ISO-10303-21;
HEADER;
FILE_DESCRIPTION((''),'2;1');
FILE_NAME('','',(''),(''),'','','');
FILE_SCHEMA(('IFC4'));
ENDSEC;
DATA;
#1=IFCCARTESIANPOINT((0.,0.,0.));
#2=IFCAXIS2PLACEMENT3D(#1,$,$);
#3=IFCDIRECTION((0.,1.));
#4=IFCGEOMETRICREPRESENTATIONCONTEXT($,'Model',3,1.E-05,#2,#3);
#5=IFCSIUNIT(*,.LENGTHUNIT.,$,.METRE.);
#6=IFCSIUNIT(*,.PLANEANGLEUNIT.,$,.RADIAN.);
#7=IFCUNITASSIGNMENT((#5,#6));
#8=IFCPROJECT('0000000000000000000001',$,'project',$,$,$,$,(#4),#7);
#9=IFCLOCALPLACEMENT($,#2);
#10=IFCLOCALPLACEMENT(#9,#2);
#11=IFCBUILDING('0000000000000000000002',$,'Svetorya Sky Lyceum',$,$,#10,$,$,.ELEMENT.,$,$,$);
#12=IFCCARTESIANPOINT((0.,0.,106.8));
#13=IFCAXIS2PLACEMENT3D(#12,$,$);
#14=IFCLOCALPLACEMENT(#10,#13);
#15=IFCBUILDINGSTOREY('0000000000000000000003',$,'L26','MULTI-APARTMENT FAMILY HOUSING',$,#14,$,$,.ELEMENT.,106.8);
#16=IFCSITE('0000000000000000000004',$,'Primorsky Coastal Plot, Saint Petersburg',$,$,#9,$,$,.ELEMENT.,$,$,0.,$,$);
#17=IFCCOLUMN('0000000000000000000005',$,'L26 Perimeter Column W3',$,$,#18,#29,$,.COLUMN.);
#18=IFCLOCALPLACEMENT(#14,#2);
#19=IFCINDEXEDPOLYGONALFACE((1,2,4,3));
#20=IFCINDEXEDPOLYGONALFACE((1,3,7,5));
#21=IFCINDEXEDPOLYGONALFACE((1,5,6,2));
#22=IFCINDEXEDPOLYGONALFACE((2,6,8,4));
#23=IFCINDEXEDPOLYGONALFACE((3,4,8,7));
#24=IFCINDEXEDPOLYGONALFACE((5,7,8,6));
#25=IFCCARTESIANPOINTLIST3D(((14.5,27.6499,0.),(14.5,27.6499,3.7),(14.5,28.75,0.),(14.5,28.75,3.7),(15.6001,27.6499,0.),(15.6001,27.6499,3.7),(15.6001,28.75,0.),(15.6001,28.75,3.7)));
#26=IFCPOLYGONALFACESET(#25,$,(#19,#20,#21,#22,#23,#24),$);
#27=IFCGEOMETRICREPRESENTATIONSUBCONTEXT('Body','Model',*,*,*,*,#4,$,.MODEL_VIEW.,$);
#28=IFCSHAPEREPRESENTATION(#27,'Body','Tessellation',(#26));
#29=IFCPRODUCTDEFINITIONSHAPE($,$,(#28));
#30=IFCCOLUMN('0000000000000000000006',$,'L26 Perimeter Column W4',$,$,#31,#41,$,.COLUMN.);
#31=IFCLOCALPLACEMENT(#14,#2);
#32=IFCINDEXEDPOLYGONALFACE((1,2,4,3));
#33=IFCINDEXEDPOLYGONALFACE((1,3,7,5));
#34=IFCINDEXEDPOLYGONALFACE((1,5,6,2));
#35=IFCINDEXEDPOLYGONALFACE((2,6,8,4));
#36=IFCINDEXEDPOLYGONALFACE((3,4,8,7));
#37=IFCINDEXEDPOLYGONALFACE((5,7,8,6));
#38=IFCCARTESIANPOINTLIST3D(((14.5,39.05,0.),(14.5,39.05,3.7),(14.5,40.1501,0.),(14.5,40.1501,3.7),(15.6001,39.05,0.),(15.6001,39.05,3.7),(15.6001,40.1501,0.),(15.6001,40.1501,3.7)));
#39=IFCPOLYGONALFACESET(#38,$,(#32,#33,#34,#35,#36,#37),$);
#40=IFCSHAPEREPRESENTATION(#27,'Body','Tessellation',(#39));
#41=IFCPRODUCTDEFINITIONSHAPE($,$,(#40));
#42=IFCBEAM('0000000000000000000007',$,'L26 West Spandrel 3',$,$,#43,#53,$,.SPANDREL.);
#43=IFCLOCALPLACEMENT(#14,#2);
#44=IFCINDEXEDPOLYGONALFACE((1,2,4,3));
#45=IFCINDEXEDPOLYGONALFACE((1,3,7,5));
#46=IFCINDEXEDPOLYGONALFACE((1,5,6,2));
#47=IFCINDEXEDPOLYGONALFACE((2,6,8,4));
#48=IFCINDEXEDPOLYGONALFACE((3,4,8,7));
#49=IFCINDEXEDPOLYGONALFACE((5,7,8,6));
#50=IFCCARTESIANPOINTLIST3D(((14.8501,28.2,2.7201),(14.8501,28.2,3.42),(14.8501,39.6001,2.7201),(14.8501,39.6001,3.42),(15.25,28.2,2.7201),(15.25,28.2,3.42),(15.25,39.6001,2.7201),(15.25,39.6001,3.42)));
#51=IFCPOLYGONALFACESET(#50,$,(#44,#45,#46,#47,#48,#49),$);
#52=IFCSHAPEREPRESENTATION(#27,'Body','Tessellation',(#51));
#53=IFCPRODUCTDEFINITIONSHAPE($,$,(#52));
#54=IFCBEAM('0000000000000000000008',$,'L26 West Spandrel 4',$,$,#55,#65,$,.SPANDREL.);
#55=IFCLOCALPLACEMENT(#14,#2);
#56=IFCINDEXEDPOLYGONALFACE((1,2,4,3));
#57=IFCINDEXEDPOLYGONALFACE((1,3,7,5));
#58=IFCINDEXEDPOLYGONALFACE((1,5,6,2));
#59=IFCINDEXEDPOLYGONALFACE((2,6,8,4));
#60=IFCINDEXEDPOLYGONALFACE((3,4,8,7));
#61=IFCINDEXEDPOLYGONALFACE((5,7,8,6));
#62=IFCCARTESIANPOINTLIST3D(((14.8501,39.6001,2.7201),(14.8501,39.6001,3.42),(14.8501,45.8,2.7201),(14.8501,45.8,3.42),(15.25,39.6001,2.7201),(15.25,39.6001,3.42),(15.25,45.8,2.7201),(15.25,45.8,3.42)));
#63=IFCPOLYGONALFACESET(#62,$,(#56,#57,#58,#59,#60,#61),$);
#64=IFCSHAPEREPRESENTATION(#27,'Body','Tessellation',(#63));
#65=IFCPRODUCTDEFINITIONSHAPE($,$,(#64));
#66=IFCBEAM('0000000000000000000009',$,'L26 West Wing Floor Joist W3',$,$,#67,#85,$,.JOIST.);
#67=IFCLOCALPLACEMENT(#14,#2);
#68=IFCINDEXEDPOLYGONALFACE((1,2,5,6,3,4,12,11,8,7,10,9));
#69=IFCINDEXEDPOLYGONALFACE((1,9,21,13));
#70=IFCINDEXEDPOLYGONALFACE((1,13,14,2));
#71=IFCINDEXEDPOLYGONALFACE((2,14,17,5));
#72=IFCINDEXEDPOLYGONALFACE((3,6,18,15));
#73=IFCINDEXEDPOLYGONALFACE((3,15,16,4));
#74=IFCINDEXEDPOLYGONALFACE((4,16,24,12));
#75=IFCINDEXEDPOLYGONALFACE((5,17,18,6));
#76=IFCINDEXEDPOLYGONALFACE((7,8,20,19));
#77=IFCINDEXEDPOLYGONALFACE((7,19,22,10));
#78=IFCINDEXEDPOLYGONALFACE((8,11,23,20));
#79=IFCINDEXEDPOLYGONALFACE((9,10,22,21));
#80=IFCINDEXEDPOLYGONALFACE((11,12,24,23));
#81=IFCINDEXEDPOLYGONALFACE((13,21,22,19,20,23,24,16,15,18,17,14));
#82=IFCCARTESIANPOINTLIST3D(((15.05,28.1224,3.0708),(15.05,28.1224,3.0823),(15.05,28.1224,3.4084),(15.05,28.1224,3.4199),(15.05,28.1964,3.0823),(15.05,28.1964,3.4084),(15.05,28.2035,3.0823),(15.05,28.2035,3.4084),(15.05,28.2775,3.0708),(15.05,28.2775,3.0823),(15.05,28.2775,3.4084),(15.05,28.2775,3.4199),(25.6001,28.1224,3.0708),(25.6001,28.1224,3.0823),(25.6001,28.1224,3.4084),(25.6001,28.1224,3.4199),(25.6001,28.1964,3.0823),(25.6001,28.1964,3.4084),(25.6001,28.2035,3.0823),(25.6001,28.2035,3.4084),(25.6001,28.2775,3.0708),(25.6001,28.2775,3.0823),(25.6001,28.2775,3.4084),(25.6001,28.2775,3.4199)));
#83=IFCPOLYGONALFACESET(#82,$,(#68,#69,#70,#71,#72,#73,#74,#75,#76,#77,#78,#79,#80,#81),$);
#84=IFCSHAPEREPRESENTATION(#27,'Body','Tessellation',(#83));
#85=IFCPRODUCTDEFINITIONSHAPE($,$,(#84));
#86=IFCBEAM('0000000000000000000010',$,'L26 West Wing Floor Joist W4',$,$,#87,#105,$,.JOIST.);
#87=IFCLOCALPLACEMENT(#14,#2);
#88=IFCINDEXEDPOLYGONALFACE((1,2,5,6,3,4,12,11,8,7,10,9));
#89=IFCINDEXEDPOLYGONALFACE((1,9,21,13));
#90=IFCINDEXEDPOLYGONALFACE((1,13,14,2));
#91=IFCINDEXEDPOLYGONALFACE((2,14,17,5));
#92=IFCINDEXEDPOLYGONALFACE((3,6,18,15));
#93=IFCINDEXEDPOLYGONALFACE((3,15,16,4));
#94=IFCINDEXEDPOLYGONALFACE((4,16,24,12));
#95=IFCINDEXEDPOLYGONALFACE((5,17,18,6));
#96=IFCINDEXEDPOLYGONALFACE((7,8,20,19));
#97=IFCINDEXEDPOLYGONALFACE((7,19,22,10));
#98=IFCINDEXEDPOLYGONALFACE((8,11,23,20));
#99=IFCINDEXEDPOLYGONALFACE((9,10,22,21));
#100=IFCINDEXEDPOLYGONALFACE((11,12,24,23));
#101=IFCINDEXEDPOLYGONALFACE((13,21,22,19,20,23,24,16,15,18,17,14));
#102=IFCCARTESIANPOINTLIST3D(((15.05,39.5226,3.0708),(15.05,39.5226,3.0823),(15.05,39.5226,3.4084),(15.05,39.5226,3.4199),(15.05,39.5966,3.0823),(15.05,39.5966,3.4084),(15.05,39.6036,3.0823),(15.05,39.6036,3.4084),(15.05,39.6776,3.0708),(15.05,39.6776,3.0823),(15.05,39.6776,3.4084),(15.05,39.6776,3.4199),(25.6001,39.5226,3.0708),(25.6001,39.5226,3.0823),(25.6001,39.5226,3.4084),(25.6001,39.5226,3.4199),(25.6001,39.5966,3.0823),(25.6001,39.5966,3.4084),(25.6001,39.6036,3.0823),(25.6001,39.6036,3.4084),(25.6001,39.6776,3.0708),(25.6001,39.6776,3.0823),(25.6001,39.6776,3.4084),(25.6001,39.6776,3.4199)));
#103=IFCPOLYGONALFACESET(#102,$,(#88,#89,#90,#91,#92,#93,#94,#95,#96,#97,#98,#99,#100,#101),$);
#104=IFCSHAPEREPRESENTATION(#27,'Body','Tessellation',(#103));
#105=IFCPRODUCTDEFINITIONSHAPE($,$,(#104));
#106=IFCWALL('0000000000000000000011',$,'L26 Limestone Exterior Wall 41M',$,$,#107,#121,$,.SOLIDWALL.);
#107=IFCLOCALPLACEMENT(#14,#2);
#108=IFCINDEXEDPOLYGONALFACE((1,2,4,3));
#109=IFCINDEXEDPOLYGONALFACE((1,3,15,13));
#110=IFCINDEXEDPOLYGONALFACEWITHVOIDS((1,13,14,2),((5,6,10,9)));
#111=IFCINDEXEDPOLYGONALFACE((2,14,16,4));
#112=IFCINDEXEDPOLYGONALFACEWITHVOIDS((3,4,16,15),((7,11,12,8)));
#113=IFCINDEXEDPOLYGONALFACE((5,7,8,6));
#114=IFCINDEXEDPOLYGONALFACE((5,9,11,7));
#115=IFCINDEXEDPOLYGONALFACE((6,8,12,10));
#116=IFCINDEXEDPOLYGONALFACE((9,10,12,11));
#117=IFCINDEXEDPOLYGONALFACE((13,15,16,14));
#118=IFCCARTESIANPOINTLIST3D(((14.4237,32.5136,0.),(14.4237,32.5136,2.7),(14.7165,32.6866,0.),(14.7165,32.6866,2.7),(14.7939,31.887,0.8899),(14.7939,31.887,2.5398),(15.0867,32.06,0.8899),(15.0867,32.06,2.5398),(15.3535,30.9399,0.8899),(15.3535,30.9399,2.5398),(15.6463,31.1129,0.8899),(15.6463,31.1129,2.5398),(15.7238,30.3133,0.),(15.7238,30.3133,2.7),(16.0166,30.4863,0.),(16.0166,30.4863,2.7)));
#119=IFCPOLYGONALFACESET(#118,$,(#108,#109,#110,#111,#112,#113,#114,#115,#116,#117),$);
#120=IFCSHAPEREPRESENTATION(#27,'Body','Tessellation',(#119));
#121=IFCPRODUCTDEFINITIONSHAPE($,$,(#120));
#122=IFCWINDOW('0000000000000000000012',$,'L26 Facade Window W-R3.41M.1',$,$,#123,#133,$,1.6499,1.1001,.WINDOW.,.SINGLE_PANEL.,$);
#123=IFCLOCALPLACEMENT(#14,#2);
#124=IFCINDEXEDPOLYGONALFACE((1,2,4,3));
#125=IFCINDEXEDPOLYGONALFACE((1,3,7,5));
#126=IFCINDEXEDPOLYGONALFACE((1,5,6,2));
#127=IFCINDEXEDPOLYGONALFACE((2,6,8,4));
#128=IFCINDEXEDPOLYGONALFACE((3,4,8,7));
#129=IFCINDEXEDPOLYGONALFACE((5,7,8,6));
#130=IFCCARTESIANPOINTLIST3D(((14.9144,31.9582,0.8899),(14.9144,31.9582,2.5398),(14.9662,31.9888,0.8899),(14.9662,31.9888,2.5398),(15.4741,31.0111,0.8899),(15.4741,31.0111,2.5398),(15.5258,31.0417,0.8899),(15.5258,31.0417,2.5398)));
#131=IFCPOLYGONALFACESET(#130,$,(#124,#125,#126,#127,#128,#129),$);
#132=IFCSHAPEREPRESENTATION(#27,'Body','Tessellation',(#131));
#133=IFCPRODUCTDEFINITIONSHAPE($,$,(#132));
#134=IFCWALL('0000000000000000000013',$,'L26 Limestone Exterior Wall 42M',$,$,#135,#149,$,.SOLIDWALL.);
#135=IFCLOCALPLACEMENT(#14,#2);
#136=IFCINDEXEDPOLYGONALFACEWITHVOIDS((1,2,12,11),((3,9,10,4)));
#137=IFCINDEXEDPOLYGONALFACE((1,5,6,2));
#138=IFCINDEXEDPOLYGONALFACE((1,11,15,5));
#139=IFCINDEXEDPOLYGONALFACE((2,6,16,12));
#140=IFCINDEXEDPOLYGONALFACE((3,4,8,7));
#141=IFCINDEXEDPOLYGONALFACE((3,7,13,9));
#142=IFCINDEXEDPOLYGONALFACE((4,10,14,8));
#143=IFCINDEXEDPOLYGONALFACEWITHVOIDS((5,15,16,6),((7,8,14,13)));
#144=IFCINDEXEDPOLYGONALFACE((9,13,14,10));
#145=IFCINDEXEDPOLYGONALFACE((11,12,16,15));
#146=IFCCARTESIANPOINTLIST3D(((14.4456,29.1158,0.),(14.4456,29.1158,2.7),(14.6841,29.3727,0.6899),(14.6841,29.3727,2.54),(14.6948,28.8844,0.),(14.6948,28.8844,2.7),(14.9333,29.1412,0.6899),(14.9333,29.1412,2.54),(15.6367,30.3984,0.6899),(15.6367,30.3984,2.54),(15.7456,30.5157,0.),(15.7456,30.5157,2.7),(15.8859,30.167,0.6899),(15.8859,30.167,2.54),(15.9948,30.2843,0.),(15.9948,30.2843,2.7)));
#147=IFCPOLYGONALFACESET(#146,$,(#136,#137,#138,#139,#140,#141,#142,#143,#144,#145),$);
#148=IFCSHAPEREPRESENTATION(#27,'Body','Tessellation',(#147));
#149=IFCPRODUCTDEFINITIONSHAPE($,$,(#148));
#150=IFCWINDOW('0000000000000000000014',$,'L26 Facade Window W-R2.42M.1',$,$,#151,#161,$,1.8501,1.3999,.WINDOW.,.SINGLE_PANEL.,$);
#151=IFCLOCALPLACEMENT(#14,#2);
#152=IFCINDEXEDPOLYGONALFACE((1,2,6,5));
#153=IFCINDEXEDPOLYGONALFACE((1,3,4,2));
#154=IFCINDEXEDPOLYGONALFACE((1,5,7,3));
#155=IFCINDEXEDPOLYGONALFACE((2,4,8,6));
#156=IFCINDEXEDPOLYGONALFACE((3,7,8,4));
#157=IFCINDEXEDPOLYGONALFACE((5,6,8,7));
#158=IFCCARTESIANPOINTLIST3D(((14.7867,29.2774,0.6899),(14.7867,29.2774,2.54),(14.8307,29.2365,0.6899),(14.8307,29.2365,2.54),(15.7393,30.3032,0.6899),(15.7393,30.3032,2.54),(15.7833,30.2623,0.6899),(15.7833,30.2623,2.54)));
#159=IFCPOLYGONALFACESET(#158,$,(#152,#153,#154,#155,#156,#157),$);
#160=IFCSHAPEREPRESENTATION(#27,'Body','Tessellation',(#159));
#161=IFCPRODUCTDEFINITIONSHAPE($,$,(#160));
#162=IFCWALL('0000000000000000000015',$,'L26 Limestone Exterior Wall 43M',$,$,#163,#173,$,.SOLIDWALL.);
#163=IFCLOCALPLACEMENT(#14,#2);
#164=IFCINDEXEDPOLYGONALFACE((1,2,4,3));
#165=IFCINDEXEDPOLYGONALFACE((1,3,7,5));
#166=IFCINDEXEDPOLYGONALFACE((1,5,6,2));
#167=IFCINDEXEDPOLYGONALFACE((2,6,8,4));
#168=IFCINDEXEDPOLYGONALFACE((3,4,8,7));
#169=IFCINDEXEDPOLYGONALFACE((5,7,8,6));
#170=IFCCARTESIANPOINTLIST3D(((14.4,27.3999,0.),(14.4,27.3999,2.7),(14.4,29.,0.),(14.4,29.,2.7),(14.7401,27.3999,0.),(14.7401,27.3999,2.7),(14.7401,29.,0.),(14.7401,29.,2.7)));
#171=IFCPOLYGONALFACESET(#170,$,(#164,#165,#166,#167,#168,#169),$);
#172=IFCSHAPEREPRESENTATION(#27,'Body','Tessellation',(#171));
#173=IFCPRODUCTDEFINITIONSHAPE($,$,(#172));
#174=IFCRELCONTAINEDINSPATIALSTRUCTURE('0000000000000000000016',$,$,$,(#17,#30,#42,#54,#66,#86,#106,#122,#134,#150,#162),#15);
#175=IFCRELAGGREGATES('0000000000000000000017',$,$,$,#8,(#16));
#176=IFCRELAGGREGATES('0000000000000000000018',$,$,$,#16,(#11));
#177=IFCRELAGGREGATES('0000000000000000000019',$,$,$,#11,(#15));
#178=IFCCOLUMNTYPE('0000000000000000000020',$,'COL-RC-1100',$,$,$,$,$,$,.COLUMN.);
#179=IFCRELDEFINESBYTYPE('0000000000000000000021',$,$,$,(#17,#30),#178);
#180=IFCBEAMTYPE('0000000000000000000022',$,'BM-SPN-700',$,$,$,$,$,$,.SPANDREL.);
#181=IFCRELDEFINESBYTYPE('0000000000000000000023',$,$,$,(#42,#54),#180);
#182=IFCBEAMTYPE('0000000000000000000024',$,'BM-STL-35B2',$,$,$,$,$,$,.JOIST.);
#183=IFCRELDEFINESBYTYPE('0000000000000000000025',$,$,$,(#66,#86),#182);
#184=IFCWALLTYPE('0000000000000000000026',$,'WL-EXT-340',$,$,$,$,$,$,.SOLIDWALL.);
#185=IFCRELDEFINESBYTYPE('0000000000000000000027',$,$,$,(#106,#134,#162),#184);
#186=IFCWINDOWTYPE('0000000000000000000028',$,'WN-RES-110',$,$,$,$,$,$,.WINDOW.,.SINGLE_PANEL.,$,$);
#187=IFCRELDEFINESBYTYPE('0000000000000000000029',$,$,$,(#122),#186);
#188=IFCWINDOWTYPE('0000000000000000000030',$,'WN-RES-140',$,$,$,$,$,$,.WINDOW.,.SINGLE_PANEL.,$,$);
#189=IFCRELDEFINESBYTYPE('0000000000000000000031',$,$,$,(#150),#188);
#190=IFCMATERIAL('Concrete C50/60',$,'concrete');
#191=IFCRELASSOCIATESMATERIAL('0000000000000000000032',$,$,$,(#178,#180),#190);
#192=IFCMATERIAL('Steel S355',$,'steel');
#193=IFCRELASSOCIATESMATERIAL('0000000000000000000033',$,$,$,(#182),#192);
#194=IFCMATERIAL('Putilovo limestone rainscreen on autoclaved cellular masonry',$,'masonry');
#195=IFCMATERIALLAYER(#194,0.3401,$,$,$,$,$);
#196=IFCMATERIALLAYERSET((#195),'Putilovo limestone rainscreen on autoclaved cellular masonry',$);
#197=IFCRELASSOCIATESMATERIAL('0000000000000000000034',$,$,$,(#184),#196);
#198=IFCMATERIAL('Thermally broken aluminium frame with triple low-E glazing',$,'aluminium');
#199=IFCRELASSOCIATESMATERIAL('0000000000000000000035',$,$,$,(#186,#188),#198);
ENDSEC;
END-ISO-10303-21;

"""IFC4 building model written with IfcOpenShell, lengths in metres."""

from ifc_helpers import new_model, si_unit, direction, frame, frame_2d, origin, origin_2d, place, context, subcontext, project, spatial, rectangle, i_section, extrude, material, layer, layer_set, material_profile, profile_set, type_object, element, fill, save


model = new_model("IFC4")

# Units and contexts
model_context = context("Model", 3, precision=1e-05, world=origin(), true_north=direction((0.0, 1.0)))
body_context = subcontext(model_context, "Body", "Model", "MODEL_VIEW")
ifc_project = project(units=[si_unit("LENGTHUNIT", "METRE"), si_unit("PLANEANGLEUNIT", "RADIAN")], contexts=[model_context])

# Site, building, storey
site_placement = place(None, origin())
site = spatial("IfcSite", under=ifc_project, at=site_placement, Name="Primorsky Coastal Plot, Saint Petersburg", CompositionType="ELEMENT", RefElevation=0.0)
building_placement = place(site_placement, origin())
building = spatial("IfcBuilding", under=site, at=building_placement, Name="Svetorya Sky Lyceum", CompositionType="ELEMENT")
storey_placement = place(building_placement, frame((0.0, 0.0, 106.8)))
storey = spatial("IfcBuildingStorey", under=building, at=storey_placement, Name="L26", Description="MULTI-APARTMENT FAMILY HOUSING", CompositionType="ELEMENT", Elevation=106.8)

# Columns
ifc_material_1 = material(Name="Concrete C50/60", Category="concrete")
ifc_material_profile_1 = material_profile(ifc_material_1, rectangle(XDim=1.1001, YDim=1.1001, at=origin_2d()), Name="RC COL 1100x1100")
ifc_profile_set_1 = profile_set([ifc_material_profile_1], Name="Concrete C50/60")
column_type = type_object("IfcColumnType", Name="COL-RC-1100", PredefinedType="COLUMN", material=ifc_profile_set_1)
for number, where, z_axis, x_axis, name in (
    (1, (15.05, 28.2, 0.0), (0.0, 0.0, 1.0), (1.0, 0.0, 0.0), "L26 Perimeter Column W3"),
    (2, (15.05, 39.6001, 0.0), (0.0, 0.0, 1.0), (1.0, 0.0, 0.0), "L26 Perimeter Column W4"),
):
    element("IfcColumn", number, at=place(storey_placement, frame(where, z_axis=z_axis, x_axis=x_axis)), inside=storey, type_object=column_type, Name=name, PredefinedType="COLUMN", context=body_context, shape_type="SweptSolid", body=[
        extrude(rectangle(XDim=1.1001, YDim=1.1001, at=origin_2d()), origin(), (0.0, 0.0, 1.0), 3.7),
    ])

# Beams
ifc_material_profile_2 = material_profile(ifc_material_1, rectangle(XDim=0.3999, YDim=0.7, at=origin_2d()), Name="RC SPANDREL 400x700")
ifc_profile_set_2 = profile_set([ifc_material_profile_2], Name="Concrete C50/60")
beam_type_1 = type_object("IfcBeamType", Name="BM-SPN-700", PredefinedType="SPANDREL", material=ifc_profile_set_2)
beam_1_placement = place(storey_placement, frame((15.05, 28.2, 3.0701), z_axis=(0.0, 1.0, 0.0), x_axis=(-1.0, 0.0, 0.0)))
element("IfcBeam", 3, at=beam_1_placement, inside=storey, type_object=beam_type_1, Name="L26 West Spandrel 3", PredefinedType="SPANDREL", context=body_context, shape_type="SweptSolid", body=[
    extrude(rectangle(XDim=0.3999, YDim=0.7, at=origin_2d()), origin(), (0.0, 0.0, 1.0), 11.4001),
])
beam_2_placement = place(storey_placement, frame((15.05, 39.6001, 3.0701), z_axis=(0.0, 1.0, 0.0), x_axis=(-1.0, 0.0, 0.0)))
element("IfcBeam", 4, at=beam_2_placement, inside=storey, type_object=beam_type_1, Name="L26 West Spandrel 4", PredefinedType="SPANDREL", context=body_context, shape_type="SweptSolid", body=[
    extrude(rectangle(XDim=0.3999, YDim=0.7, at=origin_2d()), origin(), (0.0, 0.0, 1.0), 6.2),
])
ifc_material_2 = material(Name="Steel S355", Category="steel")
ifc_material_profile_3 = material_profile(ifc_material_2, i_section(OverallWidth=0.155, OverallDepth=0.3491, WebThickness=0.0071, FlangeThickness=0.0115, at=origin_2d()), Name="GOST 35B2")
ifc_profile_set_3 = profile_set([ifc_material_profile_3], Name="Steel S355")
beam_type_2 = type_object("IfcBeamType", Name="BM-STL-35B2", PredefinedType="JOIST", material=ifc_profile_set_3)
for number, where, z_axis, x_axis, name in (
    (5, (15.05, 28.2, 3.2454), (1.0, 0.0, 0.0), (0.0, 1.0, 0.0), "L26 West Wing Floor Joist W3"),
    (6, (15.05, 39.6001, 3.2454), (1.0, 0.0, 0.0), (0.0, 1.0, 0.0), "L26 West Wing Floor Joist W4"),
):
    element("IfcBeam", number, at=place(storey_placement, frame(where, z_axis=z_axis, x_axis=x_axis)), inside=storey, type_object=beam_type_2, Name=name, PredefinedType="JOIST", context=body_context, shape_type="SweptSolid", body=[
        extrude(i_section(OverallWidth=0.155, OverallDepth=0.3491, WebThickness=0.0071, FlangeThickness=0.0115, at=origin_2d()), origin(), (0.0, 0.0, 1.0), 10.55),
    ])

# Walls, openings, windows
ifc_material_3 = material(Name="Putilovo limestone rainscreen on autoclaved cellular masonry", Category="masonry")
ifc_layer_1 = layer(ifc_material_3, 0.3401)
ifc_layer_set_1 = layer_set([ifc_layer_1], Name="Putilovo limestone rainscreen on autoclaved cellular masonry")
wall_type_1 = type_object("IfcWallType", Name="WL-EXT-340", PredefinedType="SOLIDWALL", material=ifc_layer_set_1)
wall_1_placement = place(storey_placement, frame((14.5701, 32.6001, 0.0), z_axis=(0.0, 0.0, 1.0), x_axis=(0.50871, -0.860938, 0.0)))
wall_1 = element("IfcWall", 7, at=wall_1_placement, inside=storey, type_object=wall_type_1, Name="L26 Limestone Exterior Wall 41M", PredefinedType="SOLIDWALL", context=body_context, shape_type="SweptSolid", body=[
    extrude(rectangle(XDim=2.5557, YDim=0.3401, at=frame_2d((1.2778, 0.0))), origin(), (0.0, 0.0, 1.0), 2.7),
])
opening_1_placement = place(wall_1_placement, frame((0.7278, 0.0, 0.8899)))
opening_1 = element("IfcOpeningElement", 8, at=opening_1_placement, cuts=wall_1, PredefinedType="OPENING", context=body_context, shape_type="SweptSolid", body=[
    extrude(rectangle(XDim=1.1001, YDim=1.6499, at=frame_2d((0.55, 0.825))), frame((0.0, 0.1799, 0.0), z_axis=(0.0, -1.0, 0.0), x_axis=(1.0, 0.0, 0.0)), (0.0, 0.0, 1.0), 0.3601),
])
ifc_material_4 = material(Name="Thermally broken aluminium frame with triple low-E glazing", Category="aluminium")
window_type_1 = type_object("IfcWindowType", Name="WN-RES-110", PartitioningType="SINGLE_PANEL", PredefinedType="WINDOW", material=ifc_material_4)
window_1_placement = place(opening_1_placement, origin())
window_1 = element("IfcWindow", 9, at=window_1_placement, inside=storey, type_object=window_type_1, Name="L26 Facade Window W-R3.41M.1", OverallHeight=1.6499, OverallWidth=1.1001, PartitioningType="SINGLE_PANEL", PredefinedType="WINDOW", context=body_context, shape_type="SweptSolid", body=[
    extrude(rectangle(XDim=1.1001, YDim=1.6499, at=frame_2d((0.55, 0.825))), frame((0.0, 0.03, 0.0), z_axis=(0.0, -1.0, 0.0), x_axis=(1.0, 0.0, 0.0)), (0.0, 0.0, 1.0), 0.0601),
])
fill(opening_1, window_1)
wall_2_placement = place(storey_placement, frame((15.8701, 30.3999, 0.0), z_axis=(0.0, 0.0, 1.0), x_axis=(-0.68049, -0.732757, 0.0)))
wall_2 = element("IfcWall", 10, at=wall_2_placement, inside=storey, type_object=wall_type_1, Name="L26 Limestone Exterior Wall 42M", PredefinedType="SOLIDWALL", context=body_context, shape_type="SweptSolid", body=[
    extrude(rectangle(XDim=1.9104, YDim=0.3401, at=frame_2d((0.9551, 0.0))), origin(), (0.0, 0.0, 1.0), 2.7),
])
opening_2_placement = place(wall_2_placement, frame((0.1599, 0.0, 0.6899)))
opening_2 = element("IfcOpeningElement", 11, at=opening_2_placement, cuts=wall_2, PredefinedType="OPENING", context=body_context, shape_type="SweptSolid", body=[
    extrude(rectangle(XDim=1.3999, YDim=1.8501, at=frame_2d((0.7, 0.925))), frame((0.0, 0.1799, 0.0), z_axis=(0.0, -1.0, 0.0), x_axis=(1.0, 0.0, 0.0)), (0.0, 0.0, 1.0), 0.3601),
])
window_type_2 = type_object("IfcWindowType", Name="WN-RES-140", PartitioningType="SINGLE_PANEL", PredefinedType="WINDOW", material=ifc_material_4)
window_2_placement = place(opening_2_placement, origin())
window_2 = element("IfcWindow", 12, at=window_2_placement, inside=storey, type_object=window_type_2, Name="L26 Facade Window W-R2.42M.1", OverallHeight=1.8501, OverallWidth=1.3999, PartitioningType="SINGLE_PANEL", PredefinedType="WINDOW", context=body_context, shape_type="SweptSolid", body=[
    extrude(rectangle(XDim=1.3999, YDim=1.8501, at=frame_2d((0.7, 0.925))), frame((0.0, 0.03, 0.0), z_axis=(0.0, -1.0, 0.0), x_axis=(1.0, 0.0, 0.0)), (0.0, 0.0, 1.0), 0.0601),
])
fill(opening_2, window_2)

# Wall
wall_3_placement = place(storey_placement, frame((14.5701, 29.0, 0.0), z_axis=(0.0, 0.0, 1.0), x_axis=(0.0, -1.0, 0.0)))
element("IfcWall", 13, at=wall_3_placement, inside=storey, type_object=wall_type_1, Name="L26 Limestone Exterior Wall 43M", PredefinedType="SOLIDWALL", context=body_context, shape_type="SweptSolid", body=[
    extrude(rectangle(XDim=1.6001, YDim=0.3401, at=frame_2d((0.8, 0.0))), origin(), (0.0, 0.0, 1.0), 2.7),
])

save(model, "model.ifc")
